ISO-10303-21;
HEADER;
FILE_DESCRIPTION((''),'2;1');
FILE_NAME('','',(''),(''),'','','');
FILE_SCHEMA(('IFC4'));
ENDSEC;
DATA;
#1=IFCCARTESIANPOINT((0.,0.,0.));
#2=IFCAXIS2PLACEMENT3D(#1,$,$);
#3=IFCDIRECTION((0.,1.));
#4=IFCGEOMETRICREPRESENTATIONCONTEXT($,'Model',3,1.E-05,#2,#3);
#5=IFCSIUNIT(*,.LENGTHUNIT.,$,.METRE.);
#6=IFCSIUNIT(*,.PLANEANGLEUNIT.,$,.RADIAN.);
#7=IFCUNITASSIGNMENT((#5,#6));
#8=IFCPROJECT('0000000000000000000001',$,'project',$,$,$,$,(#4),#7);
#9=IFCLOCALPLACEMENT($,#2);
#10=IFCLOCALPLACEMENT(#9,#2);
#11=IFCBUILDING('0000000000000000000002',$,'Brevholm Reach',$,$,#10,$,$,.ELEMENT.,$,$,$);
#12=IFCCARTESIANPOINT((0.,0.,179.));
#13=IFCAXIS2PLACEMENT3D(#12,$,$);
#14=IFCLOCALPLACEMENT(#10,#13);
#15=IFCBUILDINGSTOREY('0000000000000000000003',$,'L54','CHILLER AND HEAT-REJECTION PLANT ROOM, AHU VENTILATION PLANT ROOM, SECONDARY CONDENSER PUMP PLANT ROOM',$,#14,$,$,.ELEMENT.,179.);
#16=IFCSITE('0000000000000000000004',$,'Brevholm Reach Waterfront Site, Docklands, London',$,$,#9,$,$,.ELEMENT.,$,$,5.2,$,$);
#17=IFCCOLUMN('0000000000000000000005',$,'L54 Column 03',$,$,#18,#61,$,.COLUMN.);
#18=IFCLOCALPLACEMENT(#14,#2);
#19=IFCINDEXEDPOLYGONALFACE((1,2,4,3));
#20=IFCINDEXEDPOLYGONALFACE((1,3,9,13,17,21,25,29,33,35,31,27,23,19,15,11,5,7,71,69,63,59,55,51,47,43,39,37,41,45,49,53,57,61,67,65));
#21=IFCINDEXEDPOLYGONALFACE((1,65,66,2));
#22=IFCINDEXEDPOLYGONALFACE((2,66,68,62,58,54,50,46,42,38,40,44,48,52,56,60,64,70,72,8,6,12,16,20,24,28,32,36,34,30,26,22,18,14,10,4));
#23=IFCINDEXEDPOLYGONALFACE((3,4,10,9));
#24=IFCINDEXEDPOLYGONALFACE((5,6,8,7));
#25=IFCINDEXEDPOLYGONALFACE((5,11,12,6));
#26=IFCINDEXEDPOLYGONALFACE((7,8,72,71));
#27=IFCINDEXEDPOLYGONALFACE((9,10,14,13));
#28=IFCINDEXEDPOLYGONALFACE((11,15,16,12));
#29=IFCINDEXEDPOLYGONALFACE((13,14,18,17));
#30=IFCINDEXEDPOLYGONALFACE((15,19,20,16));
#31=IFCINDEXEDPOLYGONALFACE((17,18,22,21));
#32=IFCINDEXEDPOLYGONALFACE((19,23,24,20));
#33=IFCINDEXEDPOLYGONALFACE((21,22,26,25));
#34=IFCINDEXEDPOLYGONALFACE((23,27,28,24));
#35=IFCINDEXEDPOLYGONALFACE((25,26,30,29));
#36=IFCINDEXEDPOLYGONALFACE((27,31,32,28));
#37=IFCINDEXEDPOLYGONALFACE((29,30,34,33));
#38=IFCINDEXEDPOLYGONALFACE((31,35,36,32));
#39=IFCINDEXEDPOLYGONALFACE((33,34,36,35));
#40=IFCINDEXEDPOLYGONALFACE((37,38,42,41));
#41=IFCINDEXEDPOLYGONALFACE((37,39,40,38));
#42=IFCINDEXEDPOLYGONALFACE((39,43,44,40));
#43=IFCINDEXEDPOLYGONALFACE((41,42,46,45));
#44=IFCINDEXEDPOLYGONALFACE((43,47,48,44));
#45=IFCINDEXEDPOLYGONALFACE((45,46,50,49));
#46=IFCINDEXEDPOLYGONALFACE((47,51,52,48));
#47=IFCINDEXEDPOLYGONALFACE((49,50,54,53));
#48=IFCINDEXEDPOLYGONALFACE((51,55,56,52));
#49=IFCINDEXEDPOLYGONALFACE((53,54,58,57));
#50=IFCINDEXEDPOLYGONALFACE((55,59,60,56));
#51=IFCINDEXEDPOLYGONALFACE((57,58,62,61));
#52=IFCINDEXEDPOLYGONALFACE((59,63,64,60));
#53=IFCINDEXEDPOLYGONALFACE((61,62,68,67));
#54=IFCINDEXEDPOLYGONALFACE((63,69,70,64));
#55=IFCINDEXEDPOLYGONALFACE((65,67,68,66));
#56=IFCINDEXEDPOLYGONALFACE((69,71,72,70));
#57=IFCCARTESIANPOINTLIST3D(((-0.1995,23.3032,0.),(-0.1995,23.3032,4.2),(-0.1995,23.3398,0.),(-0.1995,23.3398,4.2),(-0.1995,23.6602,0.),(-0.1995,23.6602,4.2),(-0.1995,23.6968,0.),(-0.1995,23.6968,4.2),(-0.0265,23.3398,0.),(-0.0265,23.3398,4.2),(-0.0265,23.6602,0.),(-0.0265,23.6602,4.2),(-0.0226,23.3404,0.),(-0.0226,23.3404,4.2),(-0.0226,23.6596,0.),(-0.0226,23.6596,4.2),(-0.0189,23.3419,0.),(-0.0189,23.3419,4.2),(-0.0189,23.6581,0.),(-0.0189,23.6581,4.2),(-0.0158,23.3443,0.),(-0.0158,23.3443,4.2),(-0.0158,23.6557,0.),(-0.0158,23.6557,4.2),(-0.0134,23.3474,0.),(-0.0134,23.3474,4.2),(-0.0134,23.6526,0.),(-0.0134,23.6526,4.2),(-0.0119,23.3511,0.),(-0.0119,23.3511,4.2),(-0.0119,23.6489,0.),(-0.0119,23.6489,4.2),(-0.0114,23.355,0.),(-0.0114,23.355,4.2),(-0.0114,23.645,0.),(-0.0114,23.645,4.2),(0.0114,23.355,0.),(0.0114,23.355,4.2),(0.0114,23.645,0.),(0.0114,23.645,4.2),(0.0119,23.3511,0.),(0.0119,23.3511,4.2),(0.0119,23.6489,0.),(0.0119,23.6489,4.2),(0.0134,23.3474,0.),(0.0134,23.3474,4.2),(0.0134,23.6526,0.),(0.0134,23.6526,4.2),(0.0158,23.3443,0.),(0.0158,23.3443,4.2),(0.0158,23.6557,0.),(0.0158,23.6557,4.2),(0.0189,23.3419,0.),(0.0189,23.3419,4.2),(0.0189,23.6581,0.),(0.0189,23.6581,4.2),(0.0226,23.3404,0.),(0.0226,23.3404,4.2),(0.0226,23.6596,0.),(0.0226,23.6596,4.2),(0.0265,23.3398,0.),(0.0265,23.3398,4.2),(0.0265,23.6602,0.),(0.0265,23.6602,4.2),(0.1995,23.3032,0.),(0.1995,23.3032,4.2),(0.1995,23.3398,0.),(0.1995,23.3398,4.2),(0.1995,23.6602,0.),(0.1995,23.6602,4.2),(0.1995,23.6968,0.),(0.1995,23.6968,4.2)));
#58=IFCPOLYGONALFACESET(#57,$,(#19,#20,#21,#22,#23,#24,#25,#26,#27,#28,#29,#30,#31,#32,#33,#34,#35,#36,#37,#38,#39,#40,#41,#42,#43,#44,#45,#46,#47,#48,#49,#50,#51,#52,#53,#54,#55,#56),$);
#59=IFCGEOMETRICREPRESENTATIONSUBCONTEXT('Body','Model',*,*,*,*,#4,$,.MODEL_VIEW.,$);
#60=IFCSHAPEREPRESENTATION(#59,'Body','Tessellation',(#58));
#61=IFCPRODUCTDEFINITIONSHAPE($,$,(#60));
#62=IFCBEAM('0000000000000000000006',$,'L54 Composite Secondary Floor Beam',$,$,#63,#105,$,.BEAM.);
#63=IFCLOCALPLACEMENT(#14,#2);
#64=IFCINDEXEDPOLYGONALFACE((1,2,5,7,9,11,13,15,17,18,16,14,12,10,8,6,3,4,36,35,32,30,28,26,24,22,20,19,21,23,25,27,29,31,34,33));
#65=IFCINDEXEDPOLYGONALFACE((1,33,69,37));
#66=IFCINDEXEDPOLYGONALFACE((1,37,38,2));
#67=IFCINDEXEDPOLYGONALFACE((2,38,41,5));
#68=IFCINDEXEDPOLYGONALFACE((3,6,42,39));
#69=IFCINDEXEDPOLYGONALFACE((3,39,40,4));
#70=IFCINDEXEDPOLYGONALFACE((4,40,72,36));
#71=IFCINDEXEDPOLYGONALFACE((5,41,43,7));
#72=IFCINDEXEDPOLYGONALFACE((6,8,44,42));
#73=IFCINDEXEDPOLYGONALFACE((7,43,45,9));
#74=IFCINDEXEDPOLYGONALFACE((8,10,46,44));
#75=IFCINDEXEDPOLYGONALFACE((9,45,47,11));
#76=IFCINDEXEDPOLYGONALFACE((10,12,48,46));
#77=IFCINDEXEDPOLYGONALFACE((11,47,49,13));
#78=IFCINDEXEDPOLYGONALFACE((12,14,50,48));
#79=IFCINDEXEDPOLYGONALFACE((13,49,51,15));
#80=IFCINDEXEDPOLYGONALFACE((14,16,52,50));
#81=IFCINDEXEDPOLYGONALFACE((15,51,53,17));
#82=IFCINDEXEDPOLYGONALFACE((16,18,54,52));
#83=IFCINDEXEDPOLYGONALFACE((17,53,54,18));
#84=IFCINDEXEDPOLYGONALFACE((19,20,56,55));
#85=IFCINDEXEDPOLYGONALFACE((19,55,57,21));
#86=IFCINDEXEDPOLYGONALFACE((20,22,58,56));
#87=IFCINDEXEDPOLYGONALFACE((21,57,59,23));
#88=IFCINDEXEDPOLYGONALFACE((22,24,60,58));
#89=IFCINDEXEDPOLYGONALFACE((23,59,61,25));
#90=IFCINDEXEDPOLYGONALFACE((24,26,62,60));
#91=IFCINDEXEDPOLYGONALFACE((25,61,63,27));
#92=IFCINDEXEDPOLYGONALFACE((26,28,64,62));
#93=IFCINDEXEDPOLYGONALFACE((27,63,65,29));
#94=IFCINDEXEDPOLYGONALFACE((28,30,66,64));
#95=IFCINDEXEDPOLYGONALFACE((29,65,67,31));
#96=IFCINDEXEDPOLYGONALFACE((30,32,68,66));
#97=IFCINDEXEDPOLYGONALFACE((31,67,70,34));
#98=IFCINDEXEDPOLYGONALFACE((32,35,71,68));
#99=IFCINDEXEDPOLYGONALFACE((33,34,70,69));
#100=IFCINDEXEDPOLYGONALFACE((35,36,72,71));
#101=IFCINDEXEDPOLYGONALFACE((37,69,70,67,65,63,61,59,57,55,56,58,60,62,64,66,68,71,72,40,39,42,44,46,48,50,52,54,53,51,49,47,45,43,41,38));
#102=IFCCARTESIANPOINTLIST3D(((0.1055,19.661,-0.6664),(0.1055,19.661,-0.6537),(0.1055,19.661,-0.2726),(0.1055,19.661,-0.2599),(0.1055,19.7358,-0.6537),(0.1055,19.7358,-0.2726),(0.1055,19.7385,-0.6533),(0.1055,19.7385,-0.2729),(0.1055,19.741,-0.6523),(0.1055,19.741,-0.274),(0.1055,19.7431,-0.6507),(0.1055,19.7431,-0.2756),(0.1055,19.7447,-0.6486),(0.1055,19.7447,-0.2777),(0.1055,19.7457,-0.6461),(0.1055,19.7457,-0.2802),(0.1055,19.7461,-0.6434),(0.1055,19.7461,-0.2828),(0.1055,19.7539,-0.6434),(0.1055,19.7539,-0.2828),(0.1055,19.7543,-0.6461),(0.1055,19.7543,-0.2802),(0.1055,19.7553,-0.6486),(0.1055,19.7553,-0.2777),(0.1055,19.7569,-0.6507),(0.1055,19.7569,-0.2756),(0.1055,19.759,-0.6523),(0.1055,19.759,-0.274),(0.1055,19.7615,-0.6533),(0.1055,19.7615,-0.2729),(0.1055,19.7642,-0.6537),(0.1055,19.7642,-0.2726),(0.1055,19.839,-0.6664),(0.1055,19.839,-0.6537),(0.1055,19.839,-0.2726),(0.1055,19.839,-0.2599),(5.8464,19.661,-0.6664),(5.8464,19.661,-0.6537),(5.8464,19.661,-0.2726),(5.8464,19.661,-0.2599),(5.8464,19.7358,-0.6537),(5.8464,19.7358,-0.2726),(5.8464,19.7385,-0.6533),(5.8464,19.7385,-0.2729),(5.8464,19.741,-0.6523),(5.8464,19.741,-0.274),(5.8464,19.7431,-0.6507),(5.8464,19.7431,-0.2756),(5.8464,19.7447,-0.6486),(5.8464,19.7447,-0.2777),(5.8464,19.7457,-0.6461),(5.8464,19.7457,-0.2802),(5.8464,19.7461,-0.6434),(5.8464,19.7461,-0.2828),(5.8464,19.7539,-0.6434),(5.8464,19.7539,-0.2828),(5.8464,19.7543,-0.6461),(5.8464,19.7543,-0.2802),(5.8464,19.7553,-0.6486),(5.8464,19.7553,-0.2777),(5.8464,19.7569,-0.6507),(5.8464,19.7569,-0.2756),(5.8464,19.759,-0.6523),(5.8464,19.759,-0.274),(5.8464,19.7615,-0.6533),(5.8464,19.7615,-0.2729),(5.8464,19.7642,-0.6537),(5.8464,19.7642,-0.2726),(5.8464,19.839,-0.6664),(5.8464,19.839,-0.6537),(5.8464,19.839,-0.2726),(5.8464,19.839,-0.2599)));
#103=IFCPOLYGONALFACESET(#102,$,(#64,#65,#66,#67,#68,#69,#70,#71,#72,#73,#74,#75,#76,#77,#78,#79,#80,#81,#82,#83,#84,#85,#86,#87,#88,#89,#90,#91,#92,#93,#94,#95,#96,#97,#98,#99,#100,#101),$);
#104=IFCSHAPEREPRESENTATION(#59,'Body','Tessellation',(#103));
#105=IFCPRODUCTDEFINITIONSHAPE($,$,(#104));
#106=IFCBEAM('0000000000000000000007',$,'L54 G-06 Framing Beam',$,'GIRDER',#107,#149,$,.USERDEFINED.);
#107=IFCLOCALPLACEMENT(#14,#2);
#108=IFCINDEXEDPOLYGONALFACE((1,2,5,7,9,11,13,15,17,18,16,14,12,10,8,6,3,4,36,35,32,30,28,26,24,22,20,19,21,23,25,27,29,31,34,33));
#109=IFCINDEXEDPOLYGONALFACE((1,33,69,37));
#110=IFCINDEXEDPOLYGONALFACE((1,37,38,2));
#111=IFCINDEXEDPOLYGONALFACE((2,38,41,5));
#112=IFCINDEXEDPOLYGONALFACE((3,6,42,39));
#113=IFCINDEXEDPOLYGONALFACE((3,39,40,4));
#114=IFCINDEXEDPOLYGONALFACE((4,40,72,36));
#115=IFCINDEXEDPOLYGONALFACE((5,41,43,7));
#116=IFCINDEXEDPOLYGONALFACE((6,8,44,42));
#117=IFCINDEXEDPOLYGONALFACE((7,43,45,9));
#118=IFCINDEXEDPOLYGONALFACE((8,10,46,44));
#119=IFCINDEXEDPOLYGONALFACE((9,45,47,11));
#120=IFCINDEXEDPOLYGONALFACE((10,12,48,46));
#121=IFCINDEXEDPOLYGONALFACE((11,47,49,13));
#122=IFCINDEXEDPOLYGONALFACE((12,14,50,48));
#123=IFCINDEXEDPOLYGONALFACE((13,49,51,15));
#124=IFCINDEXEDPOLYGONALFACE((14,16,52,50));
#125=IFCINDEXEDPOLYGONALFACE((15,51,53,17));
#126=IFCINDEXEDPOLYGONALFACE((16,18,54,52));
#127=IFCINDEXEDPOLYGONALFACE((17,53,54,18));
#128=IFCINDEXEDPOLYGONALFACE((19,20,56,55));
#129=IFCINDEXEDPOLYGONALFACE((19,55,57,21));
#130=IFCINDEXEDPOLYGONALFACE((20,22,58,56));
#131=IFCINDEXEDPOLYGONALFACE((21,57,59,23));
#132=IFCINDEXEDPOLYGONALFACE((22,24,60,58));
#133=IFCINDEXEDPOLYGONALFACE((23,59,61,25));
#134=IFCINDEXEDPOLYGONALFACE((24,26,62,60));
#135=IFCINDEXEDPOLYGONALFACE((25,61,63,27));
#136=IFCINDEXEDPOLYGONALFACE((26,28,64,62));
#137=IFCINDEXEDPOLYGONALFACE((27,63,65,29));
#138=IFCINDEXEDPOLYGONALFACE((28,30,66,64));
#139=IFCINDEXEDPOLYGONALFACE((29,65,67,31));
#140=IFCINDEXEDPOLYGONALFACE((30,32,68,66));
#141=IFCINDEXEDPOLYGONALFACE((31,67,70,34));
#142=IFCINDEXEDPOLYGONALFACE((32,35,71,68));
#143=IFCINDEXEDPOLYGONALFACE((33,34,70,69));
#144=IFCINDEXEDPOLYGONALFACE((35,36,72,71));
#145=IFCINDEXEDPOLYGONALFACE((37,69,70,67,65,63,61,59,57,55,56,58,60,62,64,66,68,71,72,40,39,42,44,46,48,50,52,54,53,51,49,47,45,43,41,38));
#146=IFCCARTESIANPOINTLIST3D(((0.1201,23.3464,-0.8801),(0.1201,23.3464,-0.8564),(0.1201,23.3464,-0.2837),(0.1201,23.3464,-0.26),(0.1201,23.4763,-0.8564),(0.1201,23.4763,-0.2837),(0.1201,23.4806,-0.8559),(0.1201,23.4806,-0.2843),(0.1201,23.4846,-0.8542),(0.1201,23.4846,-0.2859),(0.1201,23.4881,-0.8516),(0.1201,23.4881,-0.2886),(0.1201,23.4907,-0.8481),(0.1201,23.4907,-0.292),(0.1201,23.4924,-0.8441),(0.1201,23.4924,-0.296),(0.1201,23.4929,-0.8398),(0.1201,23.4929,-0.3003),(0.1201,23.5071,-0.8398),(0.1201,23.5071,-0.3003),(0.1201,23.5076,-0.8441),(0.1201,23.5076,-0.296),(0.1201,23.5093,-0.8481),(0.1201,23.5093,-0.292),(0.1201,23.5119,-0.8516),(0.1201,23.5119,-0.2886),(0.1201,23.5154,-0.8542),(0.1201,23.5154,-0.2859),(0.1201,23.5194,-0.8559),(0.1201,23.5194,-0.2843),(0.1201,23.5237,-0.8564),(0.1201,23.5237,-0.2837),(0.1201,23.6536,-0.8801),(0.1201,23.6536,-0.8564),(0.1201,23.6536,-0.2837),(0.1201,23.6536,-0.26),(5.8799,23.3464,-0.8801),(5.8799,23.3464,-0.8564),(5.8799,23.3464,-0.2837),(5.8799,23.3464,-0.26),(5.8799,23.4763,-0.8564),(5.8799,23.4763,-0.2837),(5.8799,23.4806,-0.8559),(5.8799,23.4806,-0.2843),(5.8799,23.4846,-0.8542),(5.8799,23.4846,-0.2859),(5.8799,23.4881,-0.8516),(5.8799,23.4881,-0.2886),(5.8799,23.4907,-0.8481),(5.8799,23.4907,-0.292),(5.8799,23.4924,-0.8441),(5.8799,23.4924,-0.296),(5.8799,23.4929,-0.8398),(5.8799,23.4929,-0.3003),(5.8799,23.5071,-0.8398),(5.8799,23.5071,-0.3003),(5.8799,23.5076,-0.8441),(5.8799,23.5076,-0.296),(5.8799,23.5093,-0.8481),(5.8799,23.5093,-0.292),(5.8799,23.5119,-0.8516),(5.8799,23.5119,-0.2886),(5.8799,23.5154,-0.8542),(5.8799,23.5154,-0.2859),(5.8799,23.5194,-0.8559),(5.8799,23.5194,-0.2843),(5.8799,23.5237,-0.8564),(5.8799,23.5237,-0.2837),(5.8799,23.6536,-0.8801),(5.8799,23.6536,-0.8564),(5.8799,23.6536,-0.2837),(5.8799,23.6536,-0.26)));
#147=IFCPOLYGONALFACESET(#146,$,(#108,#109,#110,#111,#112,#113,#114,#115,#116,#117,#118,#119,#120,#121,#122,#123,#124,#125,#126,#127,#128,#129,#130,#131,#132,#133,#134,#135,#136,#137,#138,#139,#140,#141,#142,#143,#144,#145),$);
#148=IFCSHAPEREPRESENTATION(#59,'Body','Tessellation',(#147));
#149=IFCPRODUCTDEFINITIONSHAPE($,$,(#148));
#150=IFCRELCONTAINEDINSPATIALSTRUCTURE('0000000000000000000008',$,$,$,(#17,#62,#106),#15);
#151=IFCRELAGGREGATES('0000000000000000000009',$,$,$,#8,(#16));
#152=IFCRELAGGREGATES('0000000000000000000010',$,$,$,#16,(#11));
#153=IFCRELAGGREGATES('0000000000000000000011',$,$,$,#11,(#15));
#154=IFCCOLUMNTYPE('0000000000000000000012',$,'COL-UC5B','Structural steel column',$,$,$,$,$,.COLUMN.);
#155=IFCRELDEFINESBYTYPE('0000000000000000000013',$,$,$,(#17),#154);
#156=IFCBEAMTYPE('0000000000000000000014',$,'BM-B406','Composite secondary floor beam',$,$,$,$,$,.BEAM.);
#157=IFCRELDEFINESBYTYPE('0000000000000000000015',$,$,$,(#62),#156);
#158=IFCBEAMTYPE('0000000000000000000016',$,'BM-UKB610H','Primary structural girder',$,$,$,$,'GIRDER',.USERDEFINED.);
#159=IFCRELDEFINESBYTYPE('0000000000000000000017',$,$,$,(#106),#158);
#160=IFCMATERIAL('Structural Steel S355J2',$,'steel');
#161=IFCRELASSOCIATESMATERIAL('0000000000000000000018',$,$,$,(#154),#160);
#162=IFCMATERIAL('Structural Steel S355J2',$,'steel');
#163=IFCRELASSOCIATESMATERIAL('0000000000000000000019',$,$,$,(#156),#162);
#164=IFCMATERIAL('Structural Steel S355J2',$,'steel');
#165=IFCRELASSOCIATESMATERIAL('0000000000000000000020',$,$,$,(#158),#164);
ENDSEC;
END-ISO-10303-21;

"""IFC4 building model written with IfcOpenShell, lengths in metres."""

from ifc_helpers import new_model, si_unit, direction, frame, origin, origin_2d, place, context, subcontext, project, spatial, i_section, extrude, material, material_profile, profile_set, type_object, element, save


model = new_model("IFC4")

# Units and contexts
model_context = context("Model", 3, precision=1e-05, world=origin(), true_north=direction((0.0, 1.0)))
body_context = subcontext(model_context, "Body", "Model", "MODEL_VIEW")
ifc_project = project(units=[si_unit("LENGTHUNIT", "METRE"), si_unit("PLANEANGLEUNIT", "RADIAN")], contexts=[model_context])

# Site, building, storey
site_placement = place(None, origin())
site = spatial("IfcSite", under=ifc_project, at=site_placement, Name="Brevholm Reach Waterfront Site, Docklands, London", CompositionType="ELEMENT", RefElevation=5.2)
building_placement = place(site_placement, origin())
building = spatial("IfcBuilding", under=site, at=building_placement, Name="Brevholm Reach", CompositionType="ELEMENT")
storey_placement = place(building_placement, frame((0.0, 0.0, 179.0)))
storey = spatial("IfcBuildingStorey", under=building, at=storey_placement, Name="L54", Description="CHILLER AND HEAT-REJECTION PLANT ROOM, AHU VENTILATION PLANT ROOM, SECONDARY CONDENSER PUMP PLANT ROOM", CompositionType="ELEMENT", Elevation=179.0)

# Column
ifc_material_1 = material(Name="Structural Steel S355J2", Category="steel")
ifc_material_profile_1 = material_profile(ifc_material_1, i_section(OverallWidth=0.3989, OverallDepth=0.3936, WebThickness=0.0227, FlangeThickness=0.0366, FilletRadius=0.0151, at=origin_2d()), Name="UKC 356x406x287")
ifc_profile_set_1 = profile_set([ifc_material_profile_1], Name="Structural Steel S355J2")
column_type = type_object("IfcColumnType", Name="COL-UC5B", Description="Structural steel column", PredefinedType="COLUMN", material=ifc_profile_set_1)
column_placement = place(storey_placement, frame((0.0, 23.5, 0.0), z_axis=(0.0, 0.0, 1.0), x_axis=(1.0, 0.0, 0.0)))
element("IfcColumn", 1, at=column_placement, inside=storey, type_object=column_type, Name="L54 Column 03", PredefinedType="COLUMN", context=body_context, shape_type="SweptSolid", body=[
    extrude(i_section(OverallWidth=0.3989, OverallDepth=0.3936, WebThickness=0.0227, FlangeThickness=0.0366, FilletRadius=0.0151, at=origin_2d()), origin(), (0.0, 0.0, 1.0), 4.2),
])

# Beams
ifc_material_2 = material(Name="Structural Steel S355J2", Category="steel")
ifc_material_profile_2 = material_profile(ifc_material_2, i_section(OverallWidth=0.178, OverallDepth=0.4065, WebThickness=0.0078, FlangeThickness=0.0127, FilletRadius=0.0103, at=origin_2d()), Name="UKB 406x178x60")
ifc_profile_set_2 = profile_set([ifc_material_profile_2], Name="Structural Steel S355J2")
beam_type_1 = type_object("IfcBeamType", Name="BM-B406", Description="Composite secondary floor beam", PredefinedType="BEAM", material=ifc_profile_set_2)
beam_1_placement = place(storey_placement, frame((0.1055, 19.75, -0.4631), z_axis=(1.0, 0.0, 0.0), x_axis=(0.0, 1.0, 0.0)))
element("IfcBeam", 2, at=beam_1_placement, inside=storey, type_object=beam_type_1, Name="L54 Composite Secondary Floor Beam", PredefinedType="BEAM", context=body_context, shape_type="SweptSolid", body=[
    extrude(i_section(OverallWidth=0.178, OverallDepth=0.4065, WebThickness=0.0078, FlangeThickness=0.0127, FilletRadius=0.0103, at=origin_2d()), origin(), (0.0, 0.0, 1.0), 5.741),
])
ifc_material_3 = material(Name="Structural Steel S355J2", Category="steel")
ifc_material_profile_3 = material_profile(ifc_material_3, i_section(OverallWidth=0.3071, OverallDepth=0.6201, WebThickness=0.0142, FlangeThickness=0.0237, FilletRadius=0.0166, at=origin_2d()), Name="UKB 610x305x179")
ifc_profile_set_3 = profile_set([ifc_material_profile_3], Name="Structural Steel S355J2")
beam_type_2 = type_object("IfcBeamType", Name="BM-UKB610H", Description="Primary structural girder", ElementType="GIRDER", PredefinedType="USERDEFINED", material=ifc_profile_set_3)
beam_2_placement = place(storey_placement, frame((0.1201, 23.5, -0.5701), z_axis=(1.0, 0.0, 0.0), x_axis=(0.0, 1.0, 0.0)))
element("IfcBeam", 3, at=beam_2_placement, inside=storey, type_object=beam_type_2, Name="L54 G-06 Framing Beam", ObjectType="GIRDER", PredefinedType="USERDEFINED", context=body_context, shape_type="SweptSolid", body=[
    extrude(i_section(OverallWidth=0.3071, OverallDepth=0.6201, WebThickness=0.0142, FlangeThickness=0.0237, FilletRadius=0.0166, at=origin_2d()), origin(), (0.0, 0.0, 1.0), 5.7598),
])

save(model, "model.ifc")
